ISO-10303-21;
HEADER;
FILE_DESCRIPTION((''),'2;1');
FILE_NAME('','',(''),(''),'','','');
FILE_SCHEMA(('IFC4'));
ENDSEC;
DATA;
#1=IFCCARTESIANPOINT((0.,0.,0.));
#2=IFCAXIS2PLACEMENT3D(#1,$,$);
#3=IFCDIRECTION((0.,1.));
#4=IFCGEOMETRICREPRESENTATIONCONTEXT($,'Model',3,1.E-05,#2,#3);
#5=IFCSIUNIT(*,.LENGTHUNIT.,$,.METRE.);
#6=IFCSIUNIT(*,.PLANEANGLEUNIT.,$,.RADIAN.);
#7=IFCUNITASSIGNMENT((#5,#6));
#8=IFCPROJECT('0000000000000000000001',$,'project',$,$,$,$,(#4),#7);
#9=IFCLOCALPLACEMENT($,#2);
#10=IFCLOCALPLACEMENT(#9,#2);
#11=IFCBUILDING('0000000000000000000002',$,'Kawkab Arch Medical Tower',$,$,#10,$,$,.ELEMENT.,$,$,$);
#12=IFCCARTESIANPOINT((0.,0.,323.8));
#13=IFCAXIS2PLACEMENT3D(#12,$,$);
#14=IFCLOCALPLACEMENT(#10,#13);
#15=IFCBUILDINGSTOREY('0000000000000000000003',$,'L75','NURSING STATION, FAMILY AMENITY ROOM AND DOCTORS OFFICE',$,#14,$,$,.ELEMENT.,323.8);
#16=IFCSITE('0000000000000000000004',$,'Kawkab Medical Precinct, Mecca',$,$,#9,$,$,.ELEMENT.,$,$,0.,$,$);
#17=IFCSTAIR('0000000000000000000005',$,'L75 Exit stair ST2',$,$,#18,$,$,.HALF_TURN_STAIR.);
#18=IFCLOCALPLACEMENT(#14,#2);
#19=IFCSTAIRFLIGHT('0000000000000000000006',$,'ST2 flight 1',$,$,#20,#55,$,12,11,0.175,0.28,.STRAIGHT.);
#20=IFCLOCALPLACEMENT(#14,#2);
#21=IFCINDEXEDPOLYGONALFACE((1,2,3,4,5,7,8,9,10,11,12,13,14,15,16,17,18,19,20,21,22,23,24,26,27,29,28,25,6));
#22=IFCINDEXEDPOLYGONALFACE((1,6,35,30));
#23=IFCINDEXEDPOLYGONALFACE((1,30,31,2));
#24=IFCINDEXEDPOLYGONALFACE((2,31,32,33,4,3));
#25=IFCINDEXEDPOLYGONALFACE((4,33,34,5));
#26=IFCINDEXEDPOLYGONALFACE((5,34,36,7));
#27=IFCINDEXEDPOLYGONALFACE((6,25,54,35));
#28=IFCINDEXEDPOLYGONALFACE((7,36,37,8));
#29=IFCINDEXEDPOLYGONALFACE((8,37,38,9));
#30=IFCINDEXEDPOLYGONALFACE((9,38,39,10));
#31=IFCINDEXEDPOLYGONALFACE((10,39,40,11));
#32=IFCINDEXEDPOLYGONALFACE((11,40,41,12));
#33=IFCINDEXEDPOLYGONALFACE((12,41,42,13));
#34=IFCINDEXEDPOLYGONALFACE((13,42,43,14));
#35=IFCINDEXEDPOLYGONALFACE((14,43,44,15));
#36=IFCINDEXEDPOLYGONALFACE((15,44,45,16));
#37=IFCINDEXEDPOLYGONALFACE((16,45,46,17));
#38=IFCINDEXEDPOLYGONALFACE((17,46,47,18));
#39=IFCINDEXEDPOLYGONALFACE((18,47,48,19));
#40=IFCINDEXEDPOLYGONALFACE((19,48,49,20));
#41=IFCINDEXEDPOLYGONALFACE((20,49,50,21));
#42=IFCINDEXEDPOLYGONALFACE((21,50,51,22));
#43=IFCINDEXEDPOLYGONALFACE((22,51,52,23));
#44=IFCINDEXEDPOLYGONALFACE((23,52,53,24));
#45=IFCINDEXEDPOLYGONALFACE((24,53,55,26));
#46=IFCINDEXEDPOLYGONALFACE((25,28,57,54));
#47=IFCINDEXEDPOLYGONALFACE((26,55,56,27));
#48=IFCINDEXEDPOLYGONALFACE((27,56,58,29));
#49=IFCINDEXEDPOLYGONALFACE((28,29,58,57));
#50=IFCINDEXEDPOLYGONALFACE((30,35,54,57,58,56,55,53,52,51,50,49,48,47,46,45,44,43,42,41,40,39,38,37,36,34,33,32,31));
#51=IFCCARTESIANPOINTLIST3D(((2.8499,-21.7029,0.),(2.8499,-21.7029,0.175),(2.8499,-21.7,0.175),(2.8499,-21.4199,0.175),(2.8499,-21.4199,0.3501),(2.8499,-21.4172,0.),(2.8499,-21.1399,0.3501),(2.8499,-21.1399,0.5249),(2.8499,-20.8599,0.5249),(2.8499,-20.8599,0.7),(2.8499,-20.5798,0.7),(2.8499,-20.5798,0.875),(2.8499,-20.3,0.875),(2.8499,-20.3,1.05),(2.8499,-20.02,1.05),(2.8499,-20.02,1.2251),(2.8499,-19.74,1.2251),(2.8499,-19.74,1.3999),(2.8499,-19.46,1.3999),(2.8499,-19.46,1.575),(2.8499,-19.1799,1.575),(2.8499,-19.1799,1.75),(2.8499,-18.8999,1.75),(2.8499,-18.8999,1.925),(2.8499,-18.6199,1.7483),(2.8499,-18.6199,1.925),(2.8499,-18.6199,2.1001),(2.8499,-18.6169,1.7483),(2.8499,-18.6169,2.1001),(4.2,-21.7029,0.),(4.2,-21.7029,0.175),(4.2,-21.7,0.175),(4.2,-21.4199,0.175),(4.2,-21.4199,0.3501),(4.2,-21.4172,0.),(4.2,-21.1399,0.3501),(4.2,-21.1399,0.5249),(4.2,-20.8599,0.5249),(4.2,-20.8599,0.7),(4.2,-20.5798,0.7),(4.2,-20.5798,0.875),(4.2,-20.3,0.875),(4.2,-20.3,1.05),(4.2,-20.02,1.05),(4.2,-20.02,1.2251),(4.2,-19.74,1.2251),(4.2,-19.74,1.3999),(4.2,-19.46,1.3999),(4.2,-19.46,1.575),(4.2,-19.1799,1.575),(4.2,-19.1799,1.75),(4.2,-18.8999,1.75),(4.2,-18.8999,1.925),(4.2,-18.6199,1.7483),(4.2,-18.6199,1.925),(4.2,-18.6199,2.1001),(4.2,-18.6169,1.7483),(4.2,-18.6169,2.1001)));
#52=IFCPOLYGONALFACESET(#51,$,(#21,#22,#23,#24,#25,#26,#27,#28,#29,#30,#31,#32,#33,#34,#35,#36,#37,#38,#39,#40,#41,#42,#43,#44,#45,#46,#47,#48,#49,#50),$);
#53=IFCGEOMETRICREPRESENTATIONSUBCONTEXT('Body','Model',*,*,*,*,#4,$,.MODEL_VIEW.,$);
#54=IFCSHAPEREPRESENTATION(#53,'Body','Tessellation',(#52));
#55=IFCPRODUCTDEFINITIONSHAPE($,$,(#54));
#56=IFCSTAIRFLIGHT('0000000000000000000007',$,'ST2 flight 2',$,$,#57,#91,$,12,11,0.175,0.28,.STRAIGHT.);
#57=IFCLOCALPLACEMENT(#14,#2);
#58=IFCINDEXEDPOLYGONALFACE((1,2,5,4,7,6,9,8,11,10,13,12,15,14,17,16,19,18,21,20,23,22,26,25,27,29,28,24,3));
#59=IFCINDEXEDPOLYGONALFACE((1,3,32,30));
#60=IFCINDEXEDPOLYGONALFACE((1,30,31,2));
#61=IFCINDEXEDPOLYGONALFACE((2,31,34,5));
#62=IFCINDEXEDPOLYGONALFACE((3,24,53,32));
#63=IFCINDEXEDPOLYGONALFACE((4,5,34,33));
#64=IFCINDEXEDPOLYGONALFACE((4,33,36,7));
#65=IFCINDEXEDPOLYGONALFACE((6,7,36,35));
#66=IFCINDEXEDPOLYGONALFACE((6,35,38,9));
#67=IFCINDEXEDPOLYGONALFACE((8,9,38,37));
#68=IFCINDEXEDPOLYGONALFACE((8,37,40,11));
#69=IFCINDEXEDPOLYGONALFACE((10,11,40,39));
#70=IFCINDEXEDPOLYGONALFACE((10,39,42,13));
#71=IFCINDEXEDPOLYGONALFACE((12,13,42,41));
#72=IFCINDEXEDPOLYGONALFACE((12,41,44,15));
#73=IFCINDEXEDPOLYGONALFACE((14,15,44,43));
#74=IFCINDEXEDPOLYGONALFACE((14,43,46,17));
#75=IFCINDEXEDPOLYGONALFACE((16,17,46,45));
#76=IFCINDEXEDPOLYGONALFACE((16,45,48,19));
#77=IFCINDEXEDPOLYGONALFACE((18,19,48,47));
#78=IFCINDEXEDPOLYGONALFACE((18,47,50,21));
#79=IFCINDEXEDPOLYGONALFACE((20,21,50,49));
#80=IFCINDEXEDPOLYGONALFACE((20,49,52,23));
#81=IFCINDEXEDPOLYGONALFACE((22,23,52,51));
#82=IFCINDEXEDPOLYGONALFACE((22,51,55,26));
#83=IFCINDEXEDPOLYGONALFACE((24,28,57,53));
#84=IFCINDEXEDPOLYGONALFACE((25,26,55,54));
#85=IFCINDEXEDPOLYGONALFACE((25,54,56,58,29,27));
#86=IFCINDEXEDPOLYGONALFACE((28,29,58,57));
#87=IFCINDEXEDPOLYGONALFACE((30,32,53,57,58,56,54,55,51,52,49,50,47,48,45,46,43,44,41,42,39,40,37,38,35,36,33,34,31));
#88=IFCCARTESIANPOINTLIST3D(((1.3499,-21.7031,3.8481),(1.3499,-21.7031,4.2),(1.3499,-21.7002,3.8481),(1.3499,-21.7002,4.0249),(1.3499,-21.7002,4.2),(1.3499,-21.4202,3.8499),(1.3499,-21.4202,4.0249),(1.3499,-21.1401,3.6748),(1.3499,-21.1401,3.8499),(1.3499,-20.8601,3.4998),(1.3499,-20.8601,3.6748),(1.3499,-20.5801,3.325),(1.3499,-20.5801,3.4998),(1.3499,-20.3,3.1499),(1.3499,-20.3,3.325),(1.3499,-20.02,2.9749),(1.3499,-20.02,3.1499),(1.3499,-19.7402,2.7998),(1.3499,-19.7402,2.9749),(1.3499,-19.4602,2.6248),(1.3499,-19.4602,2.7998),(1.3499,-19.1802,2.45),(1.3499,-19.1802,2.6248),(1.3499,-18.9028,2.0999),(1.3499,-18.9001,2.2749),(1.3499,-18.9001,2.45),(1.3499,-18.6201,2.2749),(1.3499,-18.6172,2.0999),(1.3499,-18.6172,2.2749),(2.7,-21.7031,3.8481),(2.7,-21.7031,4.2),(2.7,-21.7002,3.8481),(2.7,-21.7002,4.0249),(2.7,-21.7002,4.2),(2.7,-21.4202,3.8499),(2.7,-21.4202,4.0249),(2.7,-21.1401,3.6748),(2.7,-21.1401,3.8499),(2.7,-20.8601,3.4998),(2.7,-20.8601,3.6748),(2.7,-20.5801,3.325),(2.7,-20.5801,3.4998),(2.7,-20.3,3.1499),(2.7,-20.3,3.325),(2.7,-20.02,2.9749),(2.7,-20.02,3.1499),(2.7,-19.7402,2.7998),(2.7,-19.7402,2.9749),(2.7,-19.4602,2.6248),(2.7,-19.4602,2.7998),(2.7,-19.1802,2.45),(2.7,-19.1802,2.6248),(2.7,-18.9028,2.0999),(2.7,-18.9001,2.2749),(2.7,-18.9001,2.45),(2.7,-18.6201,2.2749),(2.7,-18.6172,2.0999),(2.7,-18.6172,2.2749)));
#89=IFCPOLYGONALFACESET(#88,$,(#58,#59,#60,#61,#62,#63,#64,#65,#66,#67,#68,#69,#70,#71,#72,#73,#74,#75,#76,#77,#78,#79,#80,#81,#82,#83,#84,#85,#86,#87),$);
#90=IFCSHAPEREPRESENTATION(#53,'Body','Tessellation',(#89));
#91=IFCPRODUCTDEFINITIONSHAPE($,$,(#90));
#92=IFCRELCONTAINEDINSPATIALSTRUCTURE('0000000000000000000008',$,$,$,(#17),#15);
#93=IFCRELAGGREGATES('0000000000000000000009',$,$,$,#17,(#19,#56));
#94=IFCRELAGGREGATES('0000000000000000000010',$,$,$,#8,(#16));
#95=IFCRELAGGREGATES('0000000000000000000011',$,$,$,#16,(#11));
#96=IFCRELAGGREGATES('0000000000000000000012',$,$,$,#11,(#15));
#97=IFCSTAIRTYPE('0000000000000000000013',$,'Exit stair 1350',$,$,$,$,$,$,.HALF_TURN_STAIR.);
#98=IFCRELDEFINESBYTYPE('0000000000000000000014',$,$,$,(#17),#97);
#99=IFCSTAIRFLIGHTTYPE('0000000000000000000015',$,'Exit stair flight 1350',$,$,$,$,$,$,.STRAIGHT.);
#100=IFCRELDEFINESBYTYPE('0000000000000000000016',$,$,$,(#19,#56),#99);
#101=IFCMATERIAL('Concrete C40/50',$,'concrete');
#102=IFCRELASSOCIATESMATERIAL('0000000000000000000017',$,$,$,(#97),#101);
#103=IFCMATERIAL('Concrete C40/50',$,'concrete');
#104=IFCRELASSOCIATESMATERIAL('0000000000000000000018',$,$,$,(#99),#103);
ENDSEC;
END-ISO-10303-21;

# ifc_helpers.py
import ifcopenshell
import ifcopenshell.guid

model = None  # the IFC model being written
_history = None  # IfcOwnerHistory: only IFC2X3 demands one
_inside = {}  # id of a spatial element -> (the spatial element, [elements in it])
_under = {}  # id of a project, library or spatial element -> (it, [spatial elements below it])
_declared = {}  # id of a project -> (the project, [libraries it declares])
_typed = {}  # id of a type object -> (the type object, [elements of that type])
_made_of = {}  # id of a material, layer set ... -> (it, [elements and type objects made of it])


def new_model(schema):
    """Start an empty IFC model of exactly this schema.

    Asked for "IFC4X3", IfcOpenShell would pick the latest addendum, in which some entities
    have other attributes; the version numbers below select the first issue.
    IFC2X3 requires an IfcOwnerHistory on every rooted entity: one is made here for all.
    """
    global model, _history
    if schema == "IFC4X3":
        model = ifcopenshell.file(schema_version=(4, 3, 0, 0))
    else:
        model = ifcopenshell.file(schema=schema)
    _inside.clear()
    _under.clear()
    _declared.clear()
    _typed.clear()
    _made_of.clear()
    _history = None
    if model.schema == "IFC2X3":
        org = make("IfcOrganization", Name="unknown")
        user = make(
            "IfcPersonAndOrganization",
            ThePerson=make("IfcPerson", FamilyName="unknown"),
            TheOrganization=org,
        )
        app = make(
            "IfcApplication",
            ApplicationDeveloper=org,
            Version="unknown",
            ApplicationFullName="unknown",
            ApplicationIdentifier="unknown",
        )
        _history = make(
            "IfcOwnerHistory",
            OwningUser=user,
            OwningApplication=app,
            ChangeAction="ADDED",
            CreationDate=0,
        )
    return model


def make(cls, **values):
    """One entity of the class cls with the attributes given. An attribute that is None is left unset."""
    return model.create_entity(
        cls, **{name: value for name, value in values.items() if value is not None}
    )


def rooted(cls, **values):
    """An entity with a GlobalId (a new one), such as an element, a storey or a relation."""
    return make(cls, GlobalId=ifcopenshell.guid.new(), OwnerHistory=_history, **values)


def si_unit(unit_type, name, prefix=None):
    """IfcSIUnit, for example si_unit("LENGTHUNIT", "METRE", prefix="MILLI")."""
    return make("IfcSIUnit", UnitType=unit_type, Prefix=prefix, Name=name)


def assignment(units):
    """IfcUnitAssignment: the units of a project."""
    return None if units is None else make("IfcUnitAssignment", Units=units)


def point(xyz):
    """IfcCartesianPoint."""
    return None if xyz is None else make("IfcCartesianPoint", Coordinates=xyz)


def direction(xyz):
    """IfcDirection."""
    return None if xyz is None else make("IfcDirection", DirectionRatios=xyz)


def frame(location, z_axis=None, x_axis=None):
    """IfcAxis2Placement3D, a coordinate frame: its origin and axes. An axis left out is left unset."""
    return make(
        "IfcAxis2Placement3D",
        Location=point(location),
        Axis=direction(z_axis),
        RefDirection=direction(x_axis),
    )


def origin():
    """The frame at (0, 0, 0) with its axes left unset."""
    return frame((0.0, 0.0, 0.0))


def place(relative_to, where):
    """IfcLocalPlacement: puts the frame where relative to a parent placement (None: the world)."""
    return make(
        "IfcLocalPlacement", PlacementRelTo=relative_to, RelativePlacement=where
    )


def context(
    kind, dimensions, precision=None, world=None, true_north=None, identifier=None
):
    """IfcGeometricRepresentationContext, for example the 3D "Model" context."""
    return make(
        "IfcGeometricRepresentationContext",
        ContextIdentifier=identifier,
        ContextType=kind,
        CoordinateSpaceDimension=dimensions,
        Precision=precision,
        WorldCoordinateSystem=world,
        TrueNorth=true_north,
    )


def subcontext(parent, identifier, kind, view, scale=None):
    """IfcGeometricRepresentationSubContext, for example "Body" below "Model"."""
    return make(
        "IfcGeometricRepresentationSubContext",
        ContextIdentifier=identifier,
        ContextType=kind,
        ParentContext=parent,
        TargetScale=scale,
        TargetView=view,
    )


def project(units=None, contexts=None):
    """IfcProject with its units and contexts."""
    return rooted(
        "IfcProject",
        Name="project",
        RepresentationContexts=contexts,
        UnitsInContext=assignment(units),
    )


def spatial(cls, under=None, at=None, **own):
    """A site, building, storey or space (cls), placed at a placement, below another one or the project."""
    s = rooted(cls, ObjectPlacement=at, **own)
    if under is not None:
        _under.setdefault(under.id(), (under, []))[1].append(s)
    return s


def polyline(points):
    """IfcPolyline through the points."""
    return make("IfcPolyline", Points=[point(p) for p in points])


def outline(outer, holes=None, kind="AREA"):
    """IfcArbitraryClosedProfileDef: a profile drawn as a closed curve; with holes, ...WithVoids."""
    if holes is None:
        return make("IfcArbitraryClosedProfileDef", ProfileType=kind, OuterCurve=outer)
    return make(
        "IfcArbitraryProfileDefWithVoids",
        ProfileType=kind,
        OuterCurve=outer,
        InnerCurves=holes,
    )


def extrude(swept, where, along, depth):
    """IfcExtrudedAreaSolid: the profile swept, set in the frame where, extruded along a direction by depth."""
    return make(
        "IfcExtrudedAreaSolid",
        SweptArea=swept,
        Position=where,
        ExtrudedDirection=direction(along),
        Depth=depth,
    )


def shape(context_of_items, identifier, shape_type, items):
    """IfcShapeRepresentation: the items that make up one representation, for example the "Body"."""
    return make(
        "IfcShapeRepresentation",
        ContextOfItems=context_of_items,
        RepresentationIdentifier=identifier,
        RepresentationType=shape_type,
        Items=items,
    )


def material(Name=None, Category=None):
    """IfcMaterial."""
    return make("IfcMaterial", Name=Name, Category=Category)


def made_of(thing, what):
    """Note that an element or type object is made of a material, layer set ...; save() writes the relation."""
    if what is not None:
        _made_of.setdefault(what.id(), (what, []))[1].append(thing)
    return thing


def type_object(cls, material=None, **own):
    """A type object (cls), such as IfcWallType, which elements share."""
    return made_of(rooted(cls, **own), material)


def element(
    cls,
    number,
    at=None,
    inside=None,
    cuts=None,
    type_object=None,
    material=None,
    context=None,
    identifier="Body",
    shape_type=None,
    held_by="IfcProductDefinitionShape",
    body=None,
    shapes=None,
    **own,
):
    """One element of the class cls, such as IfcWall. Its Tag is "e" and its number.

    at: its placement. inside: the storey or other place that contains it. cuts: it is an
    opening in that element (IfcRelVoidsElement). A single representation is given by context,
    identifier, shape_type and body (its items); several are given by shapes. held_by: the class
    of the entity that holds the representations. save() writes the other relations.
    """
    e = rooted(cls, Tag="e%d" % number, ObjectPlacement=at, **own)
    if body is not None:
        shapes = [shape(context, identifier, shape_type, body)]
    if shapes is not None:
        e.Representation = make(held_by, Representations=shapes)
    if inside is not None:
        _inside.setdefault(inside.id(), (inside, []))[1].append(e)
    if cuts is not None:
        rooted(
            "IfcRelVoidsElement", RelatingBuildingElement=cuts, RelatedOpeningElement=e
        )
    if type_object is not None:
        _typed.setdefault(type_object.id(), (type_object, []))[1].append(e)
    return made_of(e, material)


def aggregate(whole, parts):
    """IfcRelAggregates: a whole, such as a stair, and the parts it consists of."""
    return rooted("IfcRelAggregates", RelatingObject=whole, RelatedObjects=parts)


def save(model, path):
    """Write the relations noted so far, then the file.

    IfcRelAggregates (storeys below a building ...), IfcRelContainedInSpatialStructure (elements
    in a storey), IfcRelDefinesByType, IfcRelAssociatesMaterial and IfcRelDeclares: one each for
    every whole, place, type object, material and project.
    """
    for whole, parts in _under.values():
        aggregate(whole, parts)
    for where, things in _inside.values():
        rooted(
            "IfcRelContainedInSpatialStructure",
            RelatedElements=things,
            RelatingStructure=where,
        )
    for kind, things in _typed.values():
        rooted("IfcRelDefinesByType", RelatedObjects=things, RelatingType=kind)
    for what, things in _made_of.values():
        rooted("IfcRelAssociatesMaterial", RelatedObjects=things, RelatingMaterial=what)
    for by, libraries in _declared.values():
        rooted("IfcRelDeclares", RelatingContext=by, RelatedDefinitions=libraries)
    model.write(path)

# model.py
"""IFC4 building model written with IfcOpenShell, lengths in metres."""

from ifc_helpers import new_model, si_unit, direction, frame, origin, place, context, subcontext, project, spatial, polyline, outline, extrude, material, type_object, element, aggregate, save


model = new_model("IFC4")

# Units and contexts
model_context = context("Model", 3, precision=1e-05, world=origin(), true_north=direction((0.0, 1.0)))
body_context = subcontext(model_context, "Body", "Model", "MODEL_VIEW")
ifc_project = project(units=[si_unit("LENGTHUNIT", "METRE"), si_unit("PLANEANGLEUNIT", "RADIAN")], contexts=[model_context])

# Site, building, storey
site_placement = place(None, origin())
site = spatial("IfcSite", under=ifc_project, at=site_placement, Name="Kawkab Medical Precinct, Mecca", CompositionType="ELEMENT", RefElevation=0.0)
building_placement = place(site_placement, origin())
building = spatial("IfcBuilding", under=site, at=building_placement, Name="Kawkab Arch Medical Tower", CompositionType="ELEMENT")
storey_placement = place(building_placement, frame((0.0, 0.0, 323.8)))
storey = spatial("IfcBuildingStorey", under=building, at=storey_placement, Name="L75", Description="NURSING STATION, FAMILY AMENITY ROOM AND DOCTORS OFFICE", CompositionType="ELEMENT", Elevation=323.8)

# Stair, stair flights
ifc_material_1 = material(Name="Concrete C40/50", Category="concrete")
stair_type = type_object("IfcStairType", Name="Exit stair 1350", PredefinedType="HALF_TURN_STAIR", material=ifc_material_1)
stair_placement = place(storey_placement, origin())
stair = element("IfcStair", 1, at=stair_placement, inside=storey, type_object=stair_type, Name="L75 Exit stair ST2", PredefinedType="HALF_TURN_STAIR")
ifc_material_2 = material(Name="Concrete C40/50", Category="concrete")
stair_flight_type = type_object("IfcStairFlightType", Name="Exit stair flight 1350", PredefinedType="STRAIGHT", material=ifc_material_2)
stair_flight_1_placement = place(storey_placement, frame((3.5249, -21.7, 0.0), z_axis=(0.0, 0.0, 1.0), x_axis=(0.0, 1.0, 0.0)))
stair_flight_1 = element("IfcStairFlight", 2, at=stair_flight_1_placement, type_object=stair_flight_type, Name="ST2 flight 1", NumberOfRisers=12, NumberOfTreads=11, PredefinedType="STRAIGHT", RiserHeight=0.175, TreadLength=0.28, context=body_context, shape_type="SweptSolid", body=[
    extrude(outline(polyline([(-0.0029, 0.0), (-0.0029, 0.175), (0.0, 0.175), (0.28, 0.175), (0.28, 0.3501), (0.5601, 0.3501), (0.5601, 0.5249), (0.8401, 0.5249), (0.8401, 0.7), (1.1201, 0.7), (1.1201, 0.875), (1.3999, 0.875), (1.3999, 1.05), (1.6799, 1.05), (1.6799, 1.2251), (1.96, 1.2251), (1.96, 1.3999), (2.24, 1.3999), (2.24, 1.575), (2.52, 1.575), (2.52, 1.75), (2.8, 1.75), (2.8, 1.925), (3.0801, 1.925), (3.0801, 2.1001), (3.083, 2.1001), (3.083, 1.7483), (3.0801, 1.7483), (0.2827, 0.0), (-0.0029, 0.0)])), frame((0.0, 0.675, 0.0), z_axis=(0.0, -1.0, 0.0), x_axis=(1.0, 0.0, 0.0)), (0.0, 0.0, 1.0), 1.3501),
])
stair_flight_2_placement = place(storey_placement, frame((2.0249, -18.6201, 2.0999), z_axis=(0.0, 0.0, 1.0), x_axis=(0.0, -1.0, 0.0)))
stair_flight_2 = element("IfcStairFlight", 3, at=stair_flight_2_placement, type_object=stair_flight_type, Name="ST2 flight 2", NumberOfRisers=12, NumberOfTreads=11, PredefinedType="STRAIGHT", RiserHeight=0.175, TreadLength=0.28, context=body_context, shape_type="SweptSolid", body=[
    extrude(outline(polyline([(-0.0029, 0.0), (-0.0029, 0.175), (0.0, 0.175), (0.28, 0.175), (0.28, 0.3501), (0.5601, 0.3501), (0.5601, 0.5249), (0.8401, 0.5249), (0.8401, 0.7), (1.1201, 0.7), (1.1201, 0.875), (1.3999, 0.875), (1.3999, 1.05), (1.6799, 1.05), (1.6799, 1.2251), (1.96, 1.2251), (1.96, 1.3999), (2.24, 1.3999), (2.24, 1.575), (2.52, 1.575), (2.52, 1.75), (2.8, 1.75), (2.8, 1.925), (3.0801, 1.925), (3.0801, 2.1001), (3.083, 2.1001), (3.083, 1.7483), (3.0801, 1.7483), (0.2827, 0.0), (-0.0029, 0.0)])), frame((0.0, 0.675, 0.0), z_axis=(0.0, -1.0, 0.0), x_axis=(1.0, 0.0, 0.0)), (0.0, 0.0, 1.0), 1.3501),
])
aggregate(stair, [stair_flight_1, stair_flight_2])

save(model, "model.ifc")
